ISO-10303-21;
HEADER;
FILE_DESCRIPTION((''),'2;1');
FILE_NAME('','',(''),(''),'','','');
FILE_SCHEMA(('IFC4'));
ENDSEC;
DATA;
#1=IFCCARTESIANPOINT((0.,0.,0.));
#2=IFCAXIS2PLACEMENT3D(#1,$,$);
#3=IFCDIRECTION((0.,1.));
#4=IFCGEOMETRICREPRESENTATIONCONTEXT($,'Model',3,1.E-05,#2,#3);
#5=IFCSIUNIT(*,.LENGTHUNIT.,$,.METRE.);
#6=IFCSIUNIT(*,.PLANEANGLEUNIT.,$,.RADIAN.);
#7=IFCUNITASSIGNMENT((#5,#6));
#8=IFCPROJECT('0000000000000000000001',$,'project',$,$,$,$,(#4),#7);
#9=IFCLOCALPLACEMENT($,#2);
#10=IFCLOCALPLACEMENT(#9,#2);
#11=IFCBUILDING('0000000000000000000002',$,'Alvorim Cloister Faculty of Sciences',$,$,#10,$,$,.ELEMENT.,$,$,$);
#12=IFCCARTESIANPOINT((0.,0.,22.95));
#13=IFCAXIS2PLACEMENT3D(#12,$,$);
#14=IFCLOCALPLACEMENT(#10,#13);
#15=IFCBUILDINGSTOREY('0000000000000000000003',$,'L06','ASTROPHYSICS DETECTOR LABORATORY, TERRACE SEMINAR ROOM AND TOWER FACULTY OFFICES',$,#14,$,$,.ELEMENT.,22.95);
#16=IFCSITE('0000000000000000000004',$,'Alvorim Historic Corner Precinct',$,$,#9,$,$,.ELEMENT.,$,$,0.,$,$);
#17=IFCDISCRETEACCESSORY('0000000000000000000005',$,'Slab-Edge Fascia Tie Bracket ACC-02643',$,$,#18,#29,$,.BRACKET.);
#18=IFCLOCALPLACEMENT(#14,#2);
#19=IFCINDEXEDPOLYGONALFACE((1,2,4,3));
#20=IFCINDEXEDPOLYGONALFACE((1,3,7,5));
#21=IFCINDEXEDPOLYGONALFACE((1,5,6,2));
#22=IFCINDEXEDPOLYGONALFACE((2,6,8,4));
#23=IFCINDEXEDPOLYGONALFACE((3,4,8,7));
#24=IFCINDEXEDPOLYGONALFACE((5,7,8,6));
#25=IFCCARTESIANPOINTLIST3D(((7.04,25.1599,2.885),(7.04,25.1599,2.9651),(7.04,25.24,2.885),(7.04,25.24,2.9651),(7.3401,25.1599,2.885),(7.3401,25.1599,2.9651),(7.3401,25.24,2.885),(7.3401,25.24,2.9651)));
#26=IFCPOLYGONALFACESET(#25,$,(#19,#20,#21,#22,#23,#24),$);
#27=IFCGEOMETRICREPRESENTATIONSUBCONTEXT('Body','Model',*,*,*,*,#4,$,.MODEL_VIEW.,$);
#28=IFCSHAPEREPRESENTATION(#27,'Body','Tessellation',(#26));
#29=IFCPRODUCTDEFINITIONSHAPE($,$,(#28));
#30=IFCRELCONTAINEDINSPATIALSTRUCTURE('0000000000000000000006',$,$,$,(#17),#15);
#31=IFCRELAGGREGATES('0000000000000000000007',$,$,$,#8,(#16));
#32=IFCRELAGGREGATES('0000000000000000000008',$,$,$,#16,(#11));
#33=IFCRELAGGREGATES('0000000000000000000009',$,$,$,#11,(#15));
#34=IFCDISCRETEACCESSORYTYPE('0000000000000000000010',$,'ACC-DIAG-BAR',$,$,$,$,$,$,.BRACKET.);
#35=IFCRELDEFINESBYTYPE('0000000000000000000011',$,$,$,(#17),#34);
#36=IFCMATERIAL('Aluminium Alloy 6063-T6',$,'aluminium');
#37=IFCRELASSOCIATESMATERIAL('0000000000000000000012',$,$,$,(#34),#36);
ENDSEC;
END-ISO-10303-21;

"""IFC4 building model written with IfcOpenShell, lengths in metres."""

from ifc_helpers import new_model, si_unit, direction, frame, origin, origin_2d, place, context, subcontext, project, spatial, rectangle, extrude, material, type_object, element, save


model = new_model("IFC4")

# Units and contexts
model_context = context("Model", 3, precision=1e-05, world=origin(), true_north=direction((0.0, 1.0)))
body_context = subcontext(model_context, "Body", "Model", "MODEL_VIEW")
ifc_project = project(units=[si_unit("LENGTHUNIT", "METRE"), si_unit("PLANEANGLEUNIT", "RADIAN")], contexts=[model_context])

# Site, building, storey
site_placement = place(None, origin())
site = spatial("IfcSite", under=ifc_project, at=site_placement, Name="Alvorim Historic Corner Precinct", CompositionType="ELEMENT", RefElevation=0.0)
building_placement = place(site_placement, origin())
building = spatial("IfcBuilding", under=site, at=building_placement, Name="Alvorim Cloister Faculty of Sciences", CompositionType="ELEMENT")
storey_placement = place(building_placement, frame((0.0, 0.0, 22.95)))
storey = spatial("IfcBuildingStorey", under=building, at=storey_placement, Name="L06", Description="ASTROPHYSICS DETECTOR LABORATORY, TERRACE SEMINAR ROOM AND TOWER FACULTY OFFICES", CompositionType="ELEMENT", Elevation=22.95)

# Shared definitions
ifc_material_1 = material(Name="Aluminium Alloy 6063-T6", Category="aluminium")

# Discrete accessory
discrete_accessory_type = type_object("IfcDiscreteAccessoryType", Name="ACC-DIAG-BAR", PredefinedType="BRACKET", material=ifc_material_1)
discrete_accessory_placement = place(storey_placement, frame((7.3401, 25.2, 2.925), z_axis=(-1.0, 0.0, 0.0), x_axis=(0.0, -1.0, 0.0)))
element("IfcDiscreteAccessory", 1, at=discrete_accessory_placement, inside=storey, type_object=discrete_accessory_type, Name="Slab-Edge Fascia Tie Bracket ACC-02643", PredefinedType="BRACKET", context=body_context, shape_type="SweptSolid", body=[
    extrude(rectangle(XDim=0.0801, YDim=0.0801, at=origin_2d()), origin(), (0.0, 0.0, 1.0), 0.3),
])

save(model, "model.ifc")
